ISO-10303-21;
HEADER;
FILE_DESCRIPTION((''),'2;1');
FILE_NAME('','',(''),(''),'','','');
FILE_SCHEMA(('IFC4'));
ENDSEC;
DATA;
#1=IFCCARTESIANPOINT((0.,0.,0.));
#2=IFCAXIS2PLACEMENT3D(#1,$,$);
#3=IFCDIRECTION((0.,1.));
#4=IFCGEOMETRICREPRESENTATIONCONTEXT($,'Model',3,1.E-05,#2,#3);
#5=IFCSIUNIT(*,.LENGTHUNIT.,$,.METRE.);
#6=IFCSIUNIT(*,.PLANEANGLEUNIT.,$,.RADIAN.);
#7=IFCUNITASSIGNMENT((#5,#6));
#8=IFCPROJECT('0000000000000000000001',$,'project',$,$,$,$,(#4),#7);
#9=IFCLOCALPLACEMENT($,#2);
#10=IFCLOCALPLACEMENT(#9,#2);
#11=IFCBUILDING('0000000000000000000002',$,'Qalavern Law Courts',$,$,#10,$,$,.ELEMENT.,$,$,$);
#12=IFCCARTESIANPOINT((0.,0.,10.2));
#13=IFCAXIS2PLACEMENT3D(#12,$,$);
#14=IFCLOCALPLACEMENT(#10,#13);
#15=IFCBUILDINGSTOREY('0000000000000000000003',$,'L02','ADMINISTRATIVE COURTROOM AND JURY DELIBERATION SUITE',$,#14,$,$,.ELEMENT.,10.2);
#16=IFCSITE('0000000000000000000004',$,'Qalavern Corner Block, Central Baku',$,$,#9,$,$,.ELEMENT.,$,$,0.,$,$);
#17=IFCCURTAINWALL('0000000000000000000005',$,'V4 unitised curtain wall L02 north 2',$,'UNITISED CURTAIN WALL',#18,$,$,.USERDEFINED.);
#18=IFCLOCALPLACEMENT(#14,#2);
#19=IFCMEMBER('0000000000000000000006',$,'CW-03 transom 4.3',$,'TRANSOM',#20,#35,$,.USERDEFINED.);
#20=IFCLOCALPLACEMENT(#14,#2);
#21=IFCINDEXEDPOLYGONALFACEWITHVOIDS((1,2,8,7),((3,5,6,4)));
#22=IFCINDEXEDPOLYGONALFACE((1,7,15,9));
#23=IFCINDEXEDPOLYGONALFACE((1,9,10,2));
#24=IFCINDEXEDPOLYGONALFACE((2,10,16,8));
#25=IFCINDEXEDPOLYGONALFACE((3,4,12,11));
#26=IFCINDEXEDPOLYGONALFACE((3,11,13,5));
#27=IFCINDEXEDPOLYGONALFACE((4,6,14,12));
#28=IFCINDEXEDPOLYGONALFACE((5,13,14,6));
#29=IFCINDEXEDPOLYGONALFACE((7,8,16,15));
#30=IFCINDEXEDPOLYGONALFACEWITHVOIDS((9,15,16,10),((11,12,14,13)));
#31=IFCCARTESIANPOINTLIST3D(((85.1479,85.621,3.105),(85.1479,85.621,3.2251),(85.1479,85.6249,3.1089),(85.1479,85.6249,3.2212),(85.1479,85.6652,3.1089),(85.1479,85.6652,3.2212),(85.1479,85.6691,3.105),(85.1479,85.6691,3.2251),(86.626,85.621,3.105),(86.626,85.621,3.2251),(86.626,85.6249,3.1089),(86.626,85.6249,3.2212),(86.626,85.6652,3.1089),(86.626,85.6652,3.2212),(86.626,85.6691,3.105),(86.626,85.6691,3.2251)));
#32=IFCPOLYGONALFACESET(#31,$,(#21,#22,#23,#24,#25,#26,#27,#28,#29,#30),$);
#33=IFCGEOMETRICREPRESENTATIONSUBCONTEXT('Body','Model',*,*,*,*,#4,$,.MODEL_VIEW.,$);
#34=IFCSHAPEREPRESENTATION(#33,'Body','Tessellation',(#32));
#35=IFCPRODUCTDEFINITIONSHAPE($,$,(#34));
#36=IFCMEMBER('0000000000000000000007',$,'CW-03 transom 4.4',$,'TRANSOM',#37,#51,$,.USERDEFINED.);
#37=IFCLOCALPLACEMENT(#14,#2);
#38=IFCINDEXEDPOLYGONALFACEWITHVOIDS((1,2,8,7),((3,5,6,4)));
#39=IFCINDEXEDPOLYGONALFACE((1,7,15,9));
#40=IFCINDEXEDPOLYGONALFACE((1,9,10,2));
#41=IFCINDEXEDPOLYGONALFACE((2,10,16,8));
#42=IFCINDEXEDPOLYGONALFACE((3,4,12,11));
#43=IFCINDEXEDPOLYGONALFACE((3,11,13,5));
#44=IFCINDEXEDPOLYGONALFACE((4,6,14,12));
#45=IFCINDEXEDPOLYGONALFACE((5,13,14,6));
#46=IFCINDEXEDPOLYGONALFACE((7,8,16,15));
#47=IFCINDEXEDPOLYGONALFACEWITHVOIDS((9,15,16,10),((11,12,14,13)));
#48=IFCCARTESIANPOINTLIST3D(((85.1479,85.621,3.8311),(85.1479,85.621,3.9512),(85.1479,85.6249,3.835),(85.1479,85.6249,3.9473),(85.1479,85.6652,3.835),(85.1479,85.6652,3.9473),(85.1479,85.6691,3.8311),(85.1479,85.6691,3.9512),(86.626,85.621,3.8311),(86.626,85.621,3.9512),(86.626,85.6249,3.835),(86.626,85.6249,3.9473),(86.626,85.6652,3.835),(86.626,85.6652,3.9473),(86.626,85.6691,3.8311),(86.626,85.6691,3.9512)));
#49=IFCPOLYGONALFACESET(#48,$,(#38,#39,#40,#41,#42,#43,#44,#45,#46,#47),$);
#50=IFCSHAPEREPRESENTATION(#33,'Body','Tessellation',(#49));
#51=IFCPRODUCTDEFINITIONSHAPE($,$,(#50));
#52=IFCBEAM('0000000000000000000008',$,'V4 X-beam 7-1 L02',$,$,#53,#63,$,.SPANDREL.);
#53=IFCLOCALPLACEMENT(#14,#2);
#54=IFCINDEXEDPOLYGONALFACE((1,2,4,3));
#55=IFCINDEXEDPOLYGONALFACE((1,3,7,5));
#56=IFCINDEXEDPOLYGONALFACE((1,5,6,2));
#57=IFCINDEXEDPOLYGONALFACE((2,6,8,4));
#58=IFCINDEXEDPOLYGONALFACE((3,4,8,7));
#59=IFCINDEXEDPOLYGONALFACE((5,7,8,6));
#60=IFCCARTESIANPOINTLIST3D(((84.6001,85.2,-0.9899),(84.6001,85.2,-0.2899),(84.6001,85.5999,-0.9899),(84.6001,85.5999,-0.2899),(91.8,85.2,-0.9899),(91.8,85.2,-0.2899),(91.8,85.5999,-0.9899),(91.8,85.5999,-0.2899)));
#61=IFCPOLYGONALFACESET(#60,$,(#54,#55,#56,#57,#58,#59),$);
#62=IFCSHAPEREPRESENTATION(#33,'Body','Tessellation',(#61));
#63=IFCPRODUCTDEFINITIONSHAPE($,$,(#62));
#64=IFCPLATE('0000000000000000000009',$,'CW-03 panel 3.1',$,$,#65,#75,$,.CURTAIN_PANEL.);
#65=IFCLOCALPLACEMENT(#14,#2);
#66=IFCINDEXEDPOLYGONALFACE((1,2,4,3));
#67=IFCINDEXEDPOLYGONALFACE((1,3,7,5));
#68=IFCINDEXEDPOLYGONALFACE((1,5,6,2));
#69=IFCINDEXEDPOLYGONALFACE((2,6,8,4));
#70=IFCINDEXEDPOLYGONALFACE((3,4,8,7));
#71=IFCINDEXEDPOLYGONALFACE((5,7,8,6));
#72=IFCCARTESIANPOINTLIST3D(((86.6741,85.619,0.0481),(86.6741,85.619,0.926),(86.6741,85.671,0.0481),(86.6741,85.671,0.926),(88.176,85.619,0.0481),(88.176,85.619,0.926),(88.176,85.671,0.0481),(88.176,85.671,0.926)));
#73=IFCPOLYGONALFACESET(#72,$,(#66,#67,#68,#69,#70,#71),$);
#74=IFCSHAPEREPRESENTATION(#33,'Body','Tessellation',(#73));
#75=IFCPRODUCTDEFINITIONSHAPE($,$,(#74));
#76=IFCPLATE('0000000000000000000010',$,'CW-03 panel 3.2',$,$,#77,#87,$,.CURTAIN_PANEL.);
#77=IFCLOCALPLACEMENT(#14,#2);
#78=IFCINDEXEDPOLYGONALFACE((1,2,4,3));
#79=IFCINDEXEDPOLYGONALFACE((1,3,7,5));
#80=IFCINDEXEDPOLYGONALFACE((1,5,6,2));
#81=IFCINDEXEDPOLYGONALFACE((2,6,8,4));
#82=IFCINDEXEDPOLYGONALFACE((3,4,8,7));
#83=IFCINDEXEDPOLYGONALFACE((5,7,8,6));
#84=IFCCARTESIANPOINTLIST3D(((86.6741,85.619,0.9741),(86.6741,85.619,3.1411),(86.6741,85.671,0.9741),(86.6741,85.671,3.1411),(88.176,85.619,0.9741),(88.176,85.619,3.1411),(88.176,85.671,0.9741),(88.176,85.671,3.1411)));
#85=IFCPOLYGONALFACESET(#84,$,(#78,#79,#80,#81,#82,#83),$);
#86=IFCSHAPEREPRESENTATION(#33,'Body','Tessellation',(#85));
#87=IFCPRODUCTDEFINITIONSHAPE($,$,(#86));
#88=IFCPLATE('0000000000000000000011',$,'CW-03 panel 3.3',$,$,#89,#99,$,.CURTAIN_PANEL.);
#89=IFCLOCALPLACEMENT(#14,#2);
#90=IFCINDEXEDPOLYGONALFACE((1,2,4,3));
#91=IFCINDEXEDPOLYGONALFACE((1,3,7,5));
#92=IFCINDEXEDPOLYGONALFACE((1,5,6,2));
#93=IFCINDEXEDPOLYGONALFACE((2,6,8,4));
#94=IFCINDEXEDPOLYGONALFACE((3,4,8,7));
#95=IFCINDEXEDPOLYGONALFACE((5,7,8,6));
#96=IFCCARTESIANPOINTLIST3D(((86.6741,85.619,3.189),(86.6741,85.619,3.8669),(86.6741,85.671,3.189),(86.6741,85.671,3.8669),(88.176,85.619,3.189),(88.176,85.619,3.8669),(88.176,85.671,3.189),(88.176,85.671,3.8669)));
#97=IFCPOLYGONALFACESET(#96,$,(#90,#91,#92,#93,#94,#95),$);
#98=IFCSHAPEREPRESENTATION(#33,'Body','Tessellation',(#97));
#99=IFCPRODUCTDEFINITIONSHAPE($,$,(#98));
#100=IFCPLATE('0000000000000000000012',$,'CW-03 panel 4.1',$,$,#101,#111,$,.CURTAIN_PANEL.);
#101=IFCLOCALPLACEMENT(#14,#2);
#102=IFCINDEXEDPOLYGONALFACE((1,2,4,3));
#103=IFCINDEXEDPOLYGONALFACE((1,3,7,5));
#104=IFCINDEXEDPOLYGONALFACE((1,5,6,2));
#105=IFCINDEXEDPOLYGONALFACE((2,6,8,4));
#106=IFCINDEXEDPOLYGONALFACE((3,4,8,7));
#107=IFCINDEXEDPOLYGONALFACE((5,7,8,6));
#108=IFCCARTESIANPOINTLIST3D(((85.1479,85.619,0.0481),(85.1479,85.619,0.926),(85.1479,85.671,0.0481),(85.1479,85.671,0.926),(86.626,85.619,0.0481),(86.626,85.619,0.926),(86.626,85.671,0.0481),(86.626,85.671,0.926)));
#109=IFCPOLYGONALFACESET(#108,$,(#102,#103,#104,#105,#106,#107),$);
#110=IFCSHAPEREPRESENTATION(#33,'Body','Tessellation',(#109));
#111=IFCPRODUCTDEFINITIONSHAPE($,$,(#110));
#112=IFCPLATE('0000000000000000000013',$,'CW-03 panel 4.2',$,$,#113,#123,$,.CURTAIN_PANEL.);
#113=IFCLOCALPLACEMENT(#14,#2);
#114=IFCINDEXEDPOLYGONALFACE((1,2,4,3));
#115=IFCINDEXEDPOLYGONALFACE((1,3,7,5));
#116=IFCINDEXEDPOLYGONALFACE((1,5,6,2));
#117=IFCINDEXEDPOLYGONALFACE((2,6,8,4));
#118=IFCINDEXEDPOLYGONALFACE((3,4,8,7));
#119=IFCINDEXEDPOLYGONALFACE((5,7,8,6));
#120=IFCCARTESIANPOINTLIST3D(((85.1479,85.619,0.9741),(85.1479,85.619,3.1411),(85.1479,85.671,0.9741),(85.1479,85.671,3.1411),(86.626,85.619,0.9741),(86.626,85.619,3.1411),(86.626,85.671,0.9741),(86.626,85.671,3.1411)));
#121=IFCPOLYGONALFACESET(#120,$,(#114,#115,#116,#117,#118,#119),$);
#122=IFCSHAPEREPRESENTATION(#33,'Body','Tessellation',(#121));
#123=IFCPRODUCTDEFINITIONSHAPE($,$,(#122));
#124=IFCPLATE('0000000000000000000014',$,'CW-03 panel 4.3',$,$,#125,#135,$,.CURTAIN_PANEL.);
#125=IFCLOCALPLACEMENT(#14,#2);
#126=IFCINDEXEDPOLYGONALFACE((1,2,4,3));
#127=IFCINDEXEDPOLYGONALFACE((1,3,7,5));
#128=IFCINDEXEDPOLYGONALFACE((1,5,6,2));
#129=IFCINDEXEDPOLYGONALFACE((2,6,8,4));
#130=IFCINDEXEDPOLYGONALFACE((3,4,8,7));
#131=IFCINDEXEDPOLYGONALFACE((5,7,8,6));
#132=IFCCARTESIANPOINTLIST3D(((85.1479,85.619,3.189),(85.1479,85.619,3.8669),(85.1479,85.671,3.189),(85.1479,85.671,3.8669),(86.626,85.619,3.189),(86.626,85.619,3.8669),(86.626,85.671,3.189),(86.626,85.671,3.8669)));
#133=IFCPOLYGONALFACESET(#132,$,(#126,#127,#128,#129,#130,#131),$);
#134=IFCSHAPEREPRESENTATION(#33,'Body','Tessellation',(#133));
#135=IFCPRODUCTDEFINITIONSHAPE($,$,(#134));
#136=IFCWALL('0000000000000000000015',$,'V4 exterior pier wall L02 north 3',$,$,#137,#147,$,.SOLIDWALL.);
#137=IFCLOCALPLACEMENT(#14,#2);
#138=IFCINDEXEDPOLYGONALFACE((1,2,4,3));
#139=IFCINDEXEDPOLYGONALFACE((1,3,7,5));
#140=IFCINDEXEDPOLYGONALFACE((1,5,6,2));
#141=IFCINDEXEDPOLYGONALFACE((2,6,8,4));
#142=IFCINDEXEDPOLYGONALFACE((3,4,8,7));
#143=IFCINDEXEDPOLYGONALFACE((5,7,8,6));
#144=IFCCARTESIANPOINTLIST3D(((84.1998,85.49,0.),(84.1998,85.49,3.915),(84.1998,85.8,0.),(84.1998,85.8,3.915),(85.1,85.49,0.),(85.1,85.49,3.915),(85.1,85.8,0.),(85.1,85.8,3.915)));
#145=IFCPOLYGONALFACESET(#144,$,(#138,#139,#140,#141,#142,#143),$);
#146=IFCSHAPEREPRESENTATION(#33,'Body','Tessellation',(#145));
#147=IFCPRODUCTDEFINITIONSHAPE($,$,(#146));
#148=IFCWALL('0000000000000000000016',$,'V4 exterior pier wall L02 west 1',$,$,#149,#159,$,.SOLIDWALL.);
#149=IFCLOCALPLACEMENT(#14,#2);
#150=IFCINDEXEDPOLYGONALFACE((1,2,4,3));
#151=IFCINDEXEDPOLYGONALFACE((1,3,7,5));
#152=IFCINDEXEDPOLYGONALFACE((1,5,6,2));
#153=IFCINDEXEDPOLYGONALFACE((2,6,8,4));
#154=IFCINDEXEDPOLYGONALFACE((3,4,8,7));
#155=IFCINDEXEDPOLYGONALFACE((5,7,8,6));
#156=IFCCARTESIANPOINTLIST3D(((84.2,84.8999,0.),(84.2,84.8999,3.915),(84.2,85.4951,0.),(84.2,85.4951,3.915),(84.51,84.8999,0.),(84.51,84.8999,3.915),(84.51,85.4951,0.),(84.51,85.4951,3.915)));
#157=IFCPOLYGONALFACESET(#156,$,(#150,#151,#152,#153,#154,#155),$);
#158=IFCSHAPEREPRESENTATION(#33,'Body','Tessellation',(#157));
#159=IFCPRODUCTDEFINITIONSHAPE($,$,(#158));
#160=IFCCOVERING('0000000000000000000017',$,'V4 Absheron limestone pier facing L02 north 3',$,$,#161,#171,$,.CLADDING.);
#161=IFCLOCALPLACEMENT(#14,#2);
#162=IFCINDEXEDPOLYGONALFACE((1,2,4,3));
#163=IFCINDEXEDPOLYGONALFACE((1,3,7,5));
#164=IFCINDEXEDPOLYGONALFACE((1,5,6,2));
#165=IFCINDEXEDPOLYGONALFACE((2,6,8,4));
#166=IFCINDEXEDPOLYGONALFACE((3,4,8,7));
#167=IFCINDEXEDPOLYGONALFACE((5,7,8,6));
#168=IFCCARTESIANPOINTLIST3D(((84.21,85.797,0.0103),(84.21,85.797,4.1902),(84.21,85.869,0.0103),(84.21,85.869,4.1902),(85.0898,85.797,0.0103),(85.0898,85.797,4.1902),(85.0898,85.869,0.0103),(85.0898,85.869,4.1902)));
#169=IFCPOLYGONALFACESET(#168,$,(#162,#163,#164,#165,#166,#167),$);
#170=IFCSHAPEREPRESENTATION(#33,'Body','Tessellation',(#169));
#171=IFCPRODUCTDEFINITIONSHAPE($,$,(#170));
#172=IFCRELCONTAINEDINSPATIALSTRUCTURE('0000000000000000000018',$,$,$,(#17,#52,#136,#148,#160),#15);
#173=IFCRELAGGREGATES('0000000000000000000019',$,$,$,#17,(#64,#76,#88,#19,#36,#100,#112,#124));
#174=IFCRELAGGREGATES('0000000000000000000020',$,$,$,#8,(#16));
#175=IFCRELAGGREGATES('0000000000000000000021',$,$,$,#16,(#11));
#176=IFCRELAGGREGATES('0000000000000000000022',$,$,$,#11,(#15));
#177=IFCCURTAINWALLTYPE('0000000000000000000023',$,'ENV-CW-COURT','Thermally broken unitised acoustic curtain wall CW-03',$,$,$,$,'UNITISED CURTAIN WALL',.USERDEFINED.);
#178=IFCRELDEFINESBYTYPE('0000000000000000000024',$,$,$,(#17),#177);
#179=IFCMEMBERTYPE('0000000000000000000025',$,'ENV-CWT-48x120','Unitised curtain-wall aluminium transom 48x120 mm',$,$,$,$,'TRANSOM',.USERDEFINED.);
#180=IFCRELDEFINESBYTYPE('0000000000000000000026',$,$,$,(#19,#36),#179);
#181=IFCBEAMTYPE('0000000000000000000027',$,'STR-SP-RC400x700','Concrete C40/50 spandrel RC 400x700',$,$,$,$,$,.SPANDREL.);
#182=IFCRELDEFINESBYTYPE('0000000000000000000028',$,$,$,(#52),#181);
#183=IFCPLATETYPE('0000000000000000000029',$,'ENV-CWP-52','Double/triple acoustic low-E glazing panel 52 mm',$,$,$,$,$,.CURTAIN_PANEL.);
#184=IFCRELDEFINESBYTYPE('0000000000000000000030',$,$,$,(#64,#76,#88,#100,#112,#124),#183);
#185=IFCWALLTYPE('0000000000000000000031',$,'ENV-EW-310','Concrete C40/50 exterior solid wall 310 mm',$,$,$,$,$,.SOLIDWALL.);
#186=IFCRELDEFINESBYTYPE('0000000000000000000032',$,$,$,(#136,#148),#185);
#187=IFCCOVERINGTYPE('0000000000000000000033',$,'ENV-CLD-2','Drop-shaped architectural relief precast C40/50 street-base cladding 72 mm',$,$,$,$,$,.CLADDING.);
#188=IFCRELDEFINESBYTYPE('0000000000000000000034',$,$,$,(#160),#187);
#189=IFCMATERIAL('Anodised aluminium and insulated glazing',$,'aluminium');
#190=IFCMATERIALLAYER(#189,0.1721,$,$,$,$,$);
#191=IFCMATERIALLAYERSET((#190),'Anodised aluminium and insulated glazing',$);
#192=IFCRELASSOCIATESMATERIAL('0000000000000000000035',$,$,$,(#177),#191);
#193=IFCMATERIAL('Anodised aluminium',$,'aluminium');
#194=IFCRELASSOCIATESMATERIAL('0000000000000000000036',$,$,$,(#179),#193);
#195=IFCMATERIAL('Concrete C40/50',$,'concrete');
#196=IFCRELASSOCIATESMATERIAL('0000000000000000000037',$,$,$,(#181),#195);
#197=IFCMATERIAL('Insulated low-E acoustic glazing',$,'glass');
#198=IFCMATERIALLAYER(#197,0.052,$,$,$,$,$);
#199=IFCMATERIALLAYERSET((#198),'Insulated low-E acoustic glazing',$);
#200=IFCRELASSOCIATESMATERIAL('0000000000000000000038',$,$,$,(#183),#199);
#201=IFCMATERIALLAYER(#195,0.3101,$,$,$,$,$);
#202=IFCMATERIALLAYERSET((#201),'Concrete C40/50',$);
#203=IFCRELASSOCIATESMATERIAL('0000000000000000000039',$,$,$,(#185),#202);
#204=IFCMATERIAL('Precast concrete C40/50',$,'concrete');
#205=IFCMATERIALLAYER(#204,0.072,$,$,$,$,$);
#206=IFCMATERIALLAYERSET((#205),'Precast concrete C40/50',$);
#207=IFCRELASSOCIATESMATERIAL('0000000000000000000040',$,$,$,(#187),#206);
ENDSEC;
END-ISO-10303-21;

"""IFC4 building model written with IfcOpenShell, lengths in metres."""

from ifc_helpers import new_model, si_unit, direction, frame, frame_2d, origin, origin_2d, place, context, subcontext, project, spatial, rectangle, hollow_rectangle, extrude, material, layer, layer_set, material_profile, profile_set, type_object, element, aggregate, save


model = new_model("IFC4")

# Units and contexts
model_context = context("Model", 3, precision=1e-05, world=origin(), true_north=direction((0.0, 1.0)))
body_context = subcontext(model_context, "Body", "Model", "MODEL_VIEW")
ifc_project = project(units=[si_unit("LENGTHUNIT", "METRE"), si_unit("PLANEANGLEUNIT", "RADIAN")], contexts=[model_context])

# Site, building, storey
site_placement = place(None, origin())
site = spatial("IfcSite", under=ifc_project, at=site_placement, Name="Qalavern Corner Block, Central Baku", CompositionType="ELEMENT", RefElevation=0.0)
building_placement = place(site_placement, origin())
building = spatial("IfcBuilding", under=site, at=building_placement, Name="Qalavern Law Courts", CompositionType="ELEMENT")
storey_placement = place(building_placement, frame((0.0, 0.0, 10.2)))
storey = spatial("IfcBuildingStorey", under=building, at=storey_placement, Name="L02", Description="ADMINISTRATIVE COURTROOM AND JURY DELIBERATION SUITE", CompositionType="ELEMENT", Elevation=10.2)

# Curtain wall
ifc_material_1 = material(Name="Anodised aluminium and insulated glazing", Category="aluminium")
ifc_layer_1 = layer(ifc_material_1, 0.1721)
ifc_layer_set_1 = layer_set([ifc_layer_1], Name="Anodised aluminium and insulated glazing")
curtain_wall_type = type_object("IfcCurtainWallType", Name="ENV-CW-COURT", Description="Thermally broken unitised acoustic curtain wall CW-03", ElementType="UNITISED CURTAIN WALL", PredefinedType="USERDEFINED", material=ifc_layer_set_1)
curtain_wall_1_placement = place(storey_placement, origin())
curtain_wall_1 = element("IfcCurtainWall", 1, at=curtain_wall_1_placement, inside=storey, type_object=curtain_wall_type, Name="V4 unitised curtain wall L02 north 2", ObjectType="UNITISED CURTAIN WALL", PredefinedType="USERDEFINED")
ifc_material_2 = material(Name="Anodised aluminium", Category="aluminium")

# Members
ifc_material_profile_1 = material_profile(ifc_material_2, hollow_rectangle(XDim=0.0481, YDim=0.1201, WallThickness=0.0039, at=origin_2d()), Name="ALU TRANSOM 48x120")
ifc_profile_set_1 = profile_set([ifc_material_profile_1], Name="Anodised aluminium")
member_type_1 = type_object("IfcMemberType", Name="ENV-CWT-48x120", Description="Unitised curtain-wall aluminium transom 48x120 mm", ElementType="TRANSOM", PredefinedType="USERDEFINED", material=ifc_profile_set_1)
member_1_placement = place(storey_placement, frame((86.626, 85.645, 3.165), z_axis=(-1.0, 0.0, 0.0), x_axis=(0.0, -1.0, 0.0)))
member_1 = element("IfcMember", 2, at=member_1_placement, type_object=member_type_1, Name="CW-03 transom 4.3", ObjectType="TRANSOM", PredefinedType="USERDEFINED", context=body_context, shape_type="SweptSolid", body=[
    extrude(hollow_rectangle(XDim=0.0481, YDim=0.1201, WallThickness=0.0039, at=origin_2d()), origin(), (0.0, 0.0, 1.0), 1.478),
])
member_2_placement = place(storey_placement, frame((86.626, 85.645, 3.8911), z_axis=(-1.0, 0.0, 0.0), x_axis=(0.0, -1.0, 0.0)))
member_2 = element("IfcMember", 3, at=member_2_placement, type_object=member_type_1, Name="CW-03 transom 4.4", ObjectType="TRANSOM", PredefinedType="USERDEFINED", context=body_context, shape_type="SweptSolid", body=[
    extrude(hollow_rectangle(XDim=0.0481, YDim=0.1201, WallThickness=0.0039, at=origin_2d()), origin(), (0.0, 0.0, 1.0), 1.478),
])

# Beam
ifc_material_3 = material(Name="Concrete C40/50", Category="concrete")
ifc_material_profile_2 = material_profile(ifc_material_3, rectangle(XDim=0.3999, YDim=0.7, at=origin_2d()), Name="RC 400x700")
ifc_profile_set_2 = profile_set([ifc_material_profile_2], Name="Concrete C40/50")
beam_type = type_object("IfcBeamType", Name="STR-SP-RC400x700", Description="Concrete C40/50 spandrel RC 400x700", PredefinedType="SPANDREL", material=ifc_profile_set_2)
beam_placement = place(storey_placement, frame((84.6001, 85.3999, -0.6399), z_axis=(1.0, 0.0, 0.0), x_axis=(0.0, 1.0, 0.0)))
element("IfcBeam", 4, at=beam_placement, inside=storey, type_object=beam_type, Name="V4 X-beam 7-1 L02", PredefinedType="SPANDREL", context=body_context, shape_type="SweptSolid", body=[
    extrude(rectangle(XDim=0.3999, YDim=0.7, at=origin_2d()), origin(), (0.0, 0.0, 1.0), 7.2),
])

# Plates
ifc_material_4 = material(Name="Insulated low-E acoustic glazing", Category="glass")
ifc_layer_2 = layer(ifc_material_4, 0.052)
ifc_layer_set_2 = layer_set([ifc_layer_2], Name="Insulated low-E acoustic glazing")
plate_type = type_object("IfcPlateType", Name="ENV-CWP-52", Description="Double/triple acoustic low-E glazing panel 52 mm", PredefinedType="CURTAIN_PANEL", material=ifc_layer_set_2)
plate_1_placement = place(storey_placement, frame((87.425, 85.645, 0.0481), z_axis=(0.0, 0.0, 1.0), x_axis=(-1.0, 0.0, 0.0)))
plate_1 = element("IfcPlate", 5, at=plate_1_placement, type_object=plate_type, Name="CW-03 panel 3.1", PredefinedType="CURTAIN_PANEL", context=body_context, shape_type="SweptSolid", body=[
    extrude(rectangle(XDim=1.502, YDim=0.052, at=origin_2d()), origin(), (0.0, 0.0, 1.0), 0.8779),
])
plate_2_placement = place(storey_placement, frame((87.425, 85.645, 0.9741), z_axis=(0.0, 0.0, 1.0), x_axis=(-1.0, 0.0, 0.0)))
plate_2 = element("IfcPlate", 6, at=plate_2_placement, type_object=plate_type, Name="CW-03 panel 3.2", PredefinedType="CURTAIN_PANEL", context=body_context, shape_type="SweptSolid", body=[
    extrude(rectangle(XDim=1.502, YDim=0.052, at=origin_2d()), origin(), (0.0, 0.0, 1.0), 2.167),
])
plate_3_placement = place(storey_placement, frame((87.425, 85.645, 3.189), z_axis=(0.0, 0.0, 1.0), x_axis=(-1.0, 0.0, 0.0)))
plate_3 = element("IfcPlate", 7, at=plate_3_placement, type_object=plate_type, Name="CW-03 panel 3.3", PredefinedType="CURTAIN_PANEL", context=body_context, shape_type="SweptSolid", body=[
    extrude(rectangle(XDim=1.502, YDim=0.052, at=origin_2d()), origin(), (0.0, 0.0, 1.0), 0.678),
])
plate_4_placement = place(storey_placement, frame((85.887, 85.645, 0.0481), z_axis=(0.0, 0.0, 1.0), x_axis=(-1.0, 0.0, 0.0)))
plate_4 = element("IfcPlate", 8, at=plate_4_placement, type_object=plate_type, Name="CW-03 panel 4.1", PredefinedType="CURTAIN_PANEL", context=body_context, shape_type="SweptSolid", body=[
    extrude(rectangle(XDim=1.478, YDim=0.052, at=origin_2d()), origin(), (0.0, 0.0, 1.0), 0.8779),
])
plate_5_placement = place(storey_placement, frame((85.887, 85.645, 0.9741), z_axis=(0.0, 0.0, 1.0), x_axis=(-1.0, 0.0, 0.0)))
plate_5 = element("IfcPlate", 9, at=plate_5_placement, type_object=plate_type, Name="CW-03 panel 4.2", PredefinedType="CURTAIN_PANEL", context=body_context, shape_type="SweptSolid", body=[
    extrude(rectangle(XDim=1.478, YDim=0.052, at=origin_2d()), origin(), (0.0, 0.0, 1.0), 2.167),
])
plate_6_placement = place(storey_placement, frame((85.887, 85.645, 3.189), z_axis=(0.0, 0.0, 1.0), x_axis=(-1.0, 0.0, 0.0)))
plate_6 = element("IfcPlate", 10, at=plate_6_placement, type_object=plate_type, Name="CW-03 panel 4.3", PredefinedType="CURTAIN_PANEL", context=body_context, shape_type="SweptSolid", body=[
    extrude(rectangle(XDim=1.478, YDim=0.052, at=origin_2d()), origin(), (0.0, 0.0, 1.0), 0.678),
])
aggregate(curtain_wall_1, [plate_1, plate_2, plate_3, member_1, member_2, plate_4, plate_5, plate_6])

# Walls
ifc_layer_3 = layer(ifc_material_3, 0.3101)
ifc_layer_set_3 = layer_set([ifc_layer_3], Name="Concrete C40/50")
wall_type = type_object("IfcWallType", Name="ENV-EW-310", Description="Concrete C40/50 exterior solid wall 310 mm", PredefinedType="SOLIDWALL", material=ifc_layer_set_3)
wall_1_placement = place(storey_placement, frame((85.1001, 85.645, 0.0), z_axis=(0.0, 0.0, 1.0), x_axis=(-1.0, 0.0, 0.0)))
element("IfcWall", 11, at=wall_1_placement, inside=storey, type_object=wall_type, Name="V4 exterior pier wall L02 north 3", PredefinedType="SOLIDWALL", context=body_context, shape_type="SweptSolid", body=[
    extrude(rectangle(XDim=0.9001, YDim=0.3101, at=frame_2d((0.4502, 0.0))), origin(), (0.0, 0.0, 1.0), 3.915),
])
wall_2_placement = place(storey_placement, frame((84.355, 85.4951, 0.0), z_axis=(0.0, 0.0, 1.0), x_axis=(0.0, -1.0, 0.0)))
element("IfcWall", 12, at=wall_2_placement, inside=storey, type_object=wall_type, Name="V4 exterior pier wall L02 west 1", PredefinedType="SOLIDWALL", context=body_context, shape_type="SweptSolid", body=[
    extrude(rectangle(XDim=0.5952, YDim=0.3101, at=frame_2d((0.2976, 0.0))), origin(), (0.0, 0.0, 1.0), 3.915),
])

# Covering
ifc_material_5 = material(Name="Precast concrete C40/50", Category="concrete")
ifc_layer_4 = layer(ifc_material_5, 0.072)
ifc_layer_set_4 = layer_set([ifc_layer_4], Name="Precast concrete C40/50")
covering_type = type_object("IfcCoveringType", Name="ENV-CLD-2", Description="Drop-shaped architectural relief precast C40/50 street-base cladding 72 mm", PredefinedType="CLADDING", material=ifc_layer_set_4)
covering_placement = place(storey_placement, frame((84.6499, 85.833, 0.0103), z_axis=(0.0, 0.0, 1.0), x_axis=(-1.0, 0.0, 0.0)))
element("IfcCovering", 13, at=covering_placement, inside=storey, type_object=covering_type, Name="V4 Absheron limestone pier facing L02 north 3", PredefinedType="CLADDING", context=body_context, shape_type="SweptSolid", body=[
    extrude(rectangle(XDim=0.8799, YDim=0.072, at=origin_2d()), origin(), (0.0, 0.0, 1.0), 4.1799),
])

save(model, "model.ifc")
